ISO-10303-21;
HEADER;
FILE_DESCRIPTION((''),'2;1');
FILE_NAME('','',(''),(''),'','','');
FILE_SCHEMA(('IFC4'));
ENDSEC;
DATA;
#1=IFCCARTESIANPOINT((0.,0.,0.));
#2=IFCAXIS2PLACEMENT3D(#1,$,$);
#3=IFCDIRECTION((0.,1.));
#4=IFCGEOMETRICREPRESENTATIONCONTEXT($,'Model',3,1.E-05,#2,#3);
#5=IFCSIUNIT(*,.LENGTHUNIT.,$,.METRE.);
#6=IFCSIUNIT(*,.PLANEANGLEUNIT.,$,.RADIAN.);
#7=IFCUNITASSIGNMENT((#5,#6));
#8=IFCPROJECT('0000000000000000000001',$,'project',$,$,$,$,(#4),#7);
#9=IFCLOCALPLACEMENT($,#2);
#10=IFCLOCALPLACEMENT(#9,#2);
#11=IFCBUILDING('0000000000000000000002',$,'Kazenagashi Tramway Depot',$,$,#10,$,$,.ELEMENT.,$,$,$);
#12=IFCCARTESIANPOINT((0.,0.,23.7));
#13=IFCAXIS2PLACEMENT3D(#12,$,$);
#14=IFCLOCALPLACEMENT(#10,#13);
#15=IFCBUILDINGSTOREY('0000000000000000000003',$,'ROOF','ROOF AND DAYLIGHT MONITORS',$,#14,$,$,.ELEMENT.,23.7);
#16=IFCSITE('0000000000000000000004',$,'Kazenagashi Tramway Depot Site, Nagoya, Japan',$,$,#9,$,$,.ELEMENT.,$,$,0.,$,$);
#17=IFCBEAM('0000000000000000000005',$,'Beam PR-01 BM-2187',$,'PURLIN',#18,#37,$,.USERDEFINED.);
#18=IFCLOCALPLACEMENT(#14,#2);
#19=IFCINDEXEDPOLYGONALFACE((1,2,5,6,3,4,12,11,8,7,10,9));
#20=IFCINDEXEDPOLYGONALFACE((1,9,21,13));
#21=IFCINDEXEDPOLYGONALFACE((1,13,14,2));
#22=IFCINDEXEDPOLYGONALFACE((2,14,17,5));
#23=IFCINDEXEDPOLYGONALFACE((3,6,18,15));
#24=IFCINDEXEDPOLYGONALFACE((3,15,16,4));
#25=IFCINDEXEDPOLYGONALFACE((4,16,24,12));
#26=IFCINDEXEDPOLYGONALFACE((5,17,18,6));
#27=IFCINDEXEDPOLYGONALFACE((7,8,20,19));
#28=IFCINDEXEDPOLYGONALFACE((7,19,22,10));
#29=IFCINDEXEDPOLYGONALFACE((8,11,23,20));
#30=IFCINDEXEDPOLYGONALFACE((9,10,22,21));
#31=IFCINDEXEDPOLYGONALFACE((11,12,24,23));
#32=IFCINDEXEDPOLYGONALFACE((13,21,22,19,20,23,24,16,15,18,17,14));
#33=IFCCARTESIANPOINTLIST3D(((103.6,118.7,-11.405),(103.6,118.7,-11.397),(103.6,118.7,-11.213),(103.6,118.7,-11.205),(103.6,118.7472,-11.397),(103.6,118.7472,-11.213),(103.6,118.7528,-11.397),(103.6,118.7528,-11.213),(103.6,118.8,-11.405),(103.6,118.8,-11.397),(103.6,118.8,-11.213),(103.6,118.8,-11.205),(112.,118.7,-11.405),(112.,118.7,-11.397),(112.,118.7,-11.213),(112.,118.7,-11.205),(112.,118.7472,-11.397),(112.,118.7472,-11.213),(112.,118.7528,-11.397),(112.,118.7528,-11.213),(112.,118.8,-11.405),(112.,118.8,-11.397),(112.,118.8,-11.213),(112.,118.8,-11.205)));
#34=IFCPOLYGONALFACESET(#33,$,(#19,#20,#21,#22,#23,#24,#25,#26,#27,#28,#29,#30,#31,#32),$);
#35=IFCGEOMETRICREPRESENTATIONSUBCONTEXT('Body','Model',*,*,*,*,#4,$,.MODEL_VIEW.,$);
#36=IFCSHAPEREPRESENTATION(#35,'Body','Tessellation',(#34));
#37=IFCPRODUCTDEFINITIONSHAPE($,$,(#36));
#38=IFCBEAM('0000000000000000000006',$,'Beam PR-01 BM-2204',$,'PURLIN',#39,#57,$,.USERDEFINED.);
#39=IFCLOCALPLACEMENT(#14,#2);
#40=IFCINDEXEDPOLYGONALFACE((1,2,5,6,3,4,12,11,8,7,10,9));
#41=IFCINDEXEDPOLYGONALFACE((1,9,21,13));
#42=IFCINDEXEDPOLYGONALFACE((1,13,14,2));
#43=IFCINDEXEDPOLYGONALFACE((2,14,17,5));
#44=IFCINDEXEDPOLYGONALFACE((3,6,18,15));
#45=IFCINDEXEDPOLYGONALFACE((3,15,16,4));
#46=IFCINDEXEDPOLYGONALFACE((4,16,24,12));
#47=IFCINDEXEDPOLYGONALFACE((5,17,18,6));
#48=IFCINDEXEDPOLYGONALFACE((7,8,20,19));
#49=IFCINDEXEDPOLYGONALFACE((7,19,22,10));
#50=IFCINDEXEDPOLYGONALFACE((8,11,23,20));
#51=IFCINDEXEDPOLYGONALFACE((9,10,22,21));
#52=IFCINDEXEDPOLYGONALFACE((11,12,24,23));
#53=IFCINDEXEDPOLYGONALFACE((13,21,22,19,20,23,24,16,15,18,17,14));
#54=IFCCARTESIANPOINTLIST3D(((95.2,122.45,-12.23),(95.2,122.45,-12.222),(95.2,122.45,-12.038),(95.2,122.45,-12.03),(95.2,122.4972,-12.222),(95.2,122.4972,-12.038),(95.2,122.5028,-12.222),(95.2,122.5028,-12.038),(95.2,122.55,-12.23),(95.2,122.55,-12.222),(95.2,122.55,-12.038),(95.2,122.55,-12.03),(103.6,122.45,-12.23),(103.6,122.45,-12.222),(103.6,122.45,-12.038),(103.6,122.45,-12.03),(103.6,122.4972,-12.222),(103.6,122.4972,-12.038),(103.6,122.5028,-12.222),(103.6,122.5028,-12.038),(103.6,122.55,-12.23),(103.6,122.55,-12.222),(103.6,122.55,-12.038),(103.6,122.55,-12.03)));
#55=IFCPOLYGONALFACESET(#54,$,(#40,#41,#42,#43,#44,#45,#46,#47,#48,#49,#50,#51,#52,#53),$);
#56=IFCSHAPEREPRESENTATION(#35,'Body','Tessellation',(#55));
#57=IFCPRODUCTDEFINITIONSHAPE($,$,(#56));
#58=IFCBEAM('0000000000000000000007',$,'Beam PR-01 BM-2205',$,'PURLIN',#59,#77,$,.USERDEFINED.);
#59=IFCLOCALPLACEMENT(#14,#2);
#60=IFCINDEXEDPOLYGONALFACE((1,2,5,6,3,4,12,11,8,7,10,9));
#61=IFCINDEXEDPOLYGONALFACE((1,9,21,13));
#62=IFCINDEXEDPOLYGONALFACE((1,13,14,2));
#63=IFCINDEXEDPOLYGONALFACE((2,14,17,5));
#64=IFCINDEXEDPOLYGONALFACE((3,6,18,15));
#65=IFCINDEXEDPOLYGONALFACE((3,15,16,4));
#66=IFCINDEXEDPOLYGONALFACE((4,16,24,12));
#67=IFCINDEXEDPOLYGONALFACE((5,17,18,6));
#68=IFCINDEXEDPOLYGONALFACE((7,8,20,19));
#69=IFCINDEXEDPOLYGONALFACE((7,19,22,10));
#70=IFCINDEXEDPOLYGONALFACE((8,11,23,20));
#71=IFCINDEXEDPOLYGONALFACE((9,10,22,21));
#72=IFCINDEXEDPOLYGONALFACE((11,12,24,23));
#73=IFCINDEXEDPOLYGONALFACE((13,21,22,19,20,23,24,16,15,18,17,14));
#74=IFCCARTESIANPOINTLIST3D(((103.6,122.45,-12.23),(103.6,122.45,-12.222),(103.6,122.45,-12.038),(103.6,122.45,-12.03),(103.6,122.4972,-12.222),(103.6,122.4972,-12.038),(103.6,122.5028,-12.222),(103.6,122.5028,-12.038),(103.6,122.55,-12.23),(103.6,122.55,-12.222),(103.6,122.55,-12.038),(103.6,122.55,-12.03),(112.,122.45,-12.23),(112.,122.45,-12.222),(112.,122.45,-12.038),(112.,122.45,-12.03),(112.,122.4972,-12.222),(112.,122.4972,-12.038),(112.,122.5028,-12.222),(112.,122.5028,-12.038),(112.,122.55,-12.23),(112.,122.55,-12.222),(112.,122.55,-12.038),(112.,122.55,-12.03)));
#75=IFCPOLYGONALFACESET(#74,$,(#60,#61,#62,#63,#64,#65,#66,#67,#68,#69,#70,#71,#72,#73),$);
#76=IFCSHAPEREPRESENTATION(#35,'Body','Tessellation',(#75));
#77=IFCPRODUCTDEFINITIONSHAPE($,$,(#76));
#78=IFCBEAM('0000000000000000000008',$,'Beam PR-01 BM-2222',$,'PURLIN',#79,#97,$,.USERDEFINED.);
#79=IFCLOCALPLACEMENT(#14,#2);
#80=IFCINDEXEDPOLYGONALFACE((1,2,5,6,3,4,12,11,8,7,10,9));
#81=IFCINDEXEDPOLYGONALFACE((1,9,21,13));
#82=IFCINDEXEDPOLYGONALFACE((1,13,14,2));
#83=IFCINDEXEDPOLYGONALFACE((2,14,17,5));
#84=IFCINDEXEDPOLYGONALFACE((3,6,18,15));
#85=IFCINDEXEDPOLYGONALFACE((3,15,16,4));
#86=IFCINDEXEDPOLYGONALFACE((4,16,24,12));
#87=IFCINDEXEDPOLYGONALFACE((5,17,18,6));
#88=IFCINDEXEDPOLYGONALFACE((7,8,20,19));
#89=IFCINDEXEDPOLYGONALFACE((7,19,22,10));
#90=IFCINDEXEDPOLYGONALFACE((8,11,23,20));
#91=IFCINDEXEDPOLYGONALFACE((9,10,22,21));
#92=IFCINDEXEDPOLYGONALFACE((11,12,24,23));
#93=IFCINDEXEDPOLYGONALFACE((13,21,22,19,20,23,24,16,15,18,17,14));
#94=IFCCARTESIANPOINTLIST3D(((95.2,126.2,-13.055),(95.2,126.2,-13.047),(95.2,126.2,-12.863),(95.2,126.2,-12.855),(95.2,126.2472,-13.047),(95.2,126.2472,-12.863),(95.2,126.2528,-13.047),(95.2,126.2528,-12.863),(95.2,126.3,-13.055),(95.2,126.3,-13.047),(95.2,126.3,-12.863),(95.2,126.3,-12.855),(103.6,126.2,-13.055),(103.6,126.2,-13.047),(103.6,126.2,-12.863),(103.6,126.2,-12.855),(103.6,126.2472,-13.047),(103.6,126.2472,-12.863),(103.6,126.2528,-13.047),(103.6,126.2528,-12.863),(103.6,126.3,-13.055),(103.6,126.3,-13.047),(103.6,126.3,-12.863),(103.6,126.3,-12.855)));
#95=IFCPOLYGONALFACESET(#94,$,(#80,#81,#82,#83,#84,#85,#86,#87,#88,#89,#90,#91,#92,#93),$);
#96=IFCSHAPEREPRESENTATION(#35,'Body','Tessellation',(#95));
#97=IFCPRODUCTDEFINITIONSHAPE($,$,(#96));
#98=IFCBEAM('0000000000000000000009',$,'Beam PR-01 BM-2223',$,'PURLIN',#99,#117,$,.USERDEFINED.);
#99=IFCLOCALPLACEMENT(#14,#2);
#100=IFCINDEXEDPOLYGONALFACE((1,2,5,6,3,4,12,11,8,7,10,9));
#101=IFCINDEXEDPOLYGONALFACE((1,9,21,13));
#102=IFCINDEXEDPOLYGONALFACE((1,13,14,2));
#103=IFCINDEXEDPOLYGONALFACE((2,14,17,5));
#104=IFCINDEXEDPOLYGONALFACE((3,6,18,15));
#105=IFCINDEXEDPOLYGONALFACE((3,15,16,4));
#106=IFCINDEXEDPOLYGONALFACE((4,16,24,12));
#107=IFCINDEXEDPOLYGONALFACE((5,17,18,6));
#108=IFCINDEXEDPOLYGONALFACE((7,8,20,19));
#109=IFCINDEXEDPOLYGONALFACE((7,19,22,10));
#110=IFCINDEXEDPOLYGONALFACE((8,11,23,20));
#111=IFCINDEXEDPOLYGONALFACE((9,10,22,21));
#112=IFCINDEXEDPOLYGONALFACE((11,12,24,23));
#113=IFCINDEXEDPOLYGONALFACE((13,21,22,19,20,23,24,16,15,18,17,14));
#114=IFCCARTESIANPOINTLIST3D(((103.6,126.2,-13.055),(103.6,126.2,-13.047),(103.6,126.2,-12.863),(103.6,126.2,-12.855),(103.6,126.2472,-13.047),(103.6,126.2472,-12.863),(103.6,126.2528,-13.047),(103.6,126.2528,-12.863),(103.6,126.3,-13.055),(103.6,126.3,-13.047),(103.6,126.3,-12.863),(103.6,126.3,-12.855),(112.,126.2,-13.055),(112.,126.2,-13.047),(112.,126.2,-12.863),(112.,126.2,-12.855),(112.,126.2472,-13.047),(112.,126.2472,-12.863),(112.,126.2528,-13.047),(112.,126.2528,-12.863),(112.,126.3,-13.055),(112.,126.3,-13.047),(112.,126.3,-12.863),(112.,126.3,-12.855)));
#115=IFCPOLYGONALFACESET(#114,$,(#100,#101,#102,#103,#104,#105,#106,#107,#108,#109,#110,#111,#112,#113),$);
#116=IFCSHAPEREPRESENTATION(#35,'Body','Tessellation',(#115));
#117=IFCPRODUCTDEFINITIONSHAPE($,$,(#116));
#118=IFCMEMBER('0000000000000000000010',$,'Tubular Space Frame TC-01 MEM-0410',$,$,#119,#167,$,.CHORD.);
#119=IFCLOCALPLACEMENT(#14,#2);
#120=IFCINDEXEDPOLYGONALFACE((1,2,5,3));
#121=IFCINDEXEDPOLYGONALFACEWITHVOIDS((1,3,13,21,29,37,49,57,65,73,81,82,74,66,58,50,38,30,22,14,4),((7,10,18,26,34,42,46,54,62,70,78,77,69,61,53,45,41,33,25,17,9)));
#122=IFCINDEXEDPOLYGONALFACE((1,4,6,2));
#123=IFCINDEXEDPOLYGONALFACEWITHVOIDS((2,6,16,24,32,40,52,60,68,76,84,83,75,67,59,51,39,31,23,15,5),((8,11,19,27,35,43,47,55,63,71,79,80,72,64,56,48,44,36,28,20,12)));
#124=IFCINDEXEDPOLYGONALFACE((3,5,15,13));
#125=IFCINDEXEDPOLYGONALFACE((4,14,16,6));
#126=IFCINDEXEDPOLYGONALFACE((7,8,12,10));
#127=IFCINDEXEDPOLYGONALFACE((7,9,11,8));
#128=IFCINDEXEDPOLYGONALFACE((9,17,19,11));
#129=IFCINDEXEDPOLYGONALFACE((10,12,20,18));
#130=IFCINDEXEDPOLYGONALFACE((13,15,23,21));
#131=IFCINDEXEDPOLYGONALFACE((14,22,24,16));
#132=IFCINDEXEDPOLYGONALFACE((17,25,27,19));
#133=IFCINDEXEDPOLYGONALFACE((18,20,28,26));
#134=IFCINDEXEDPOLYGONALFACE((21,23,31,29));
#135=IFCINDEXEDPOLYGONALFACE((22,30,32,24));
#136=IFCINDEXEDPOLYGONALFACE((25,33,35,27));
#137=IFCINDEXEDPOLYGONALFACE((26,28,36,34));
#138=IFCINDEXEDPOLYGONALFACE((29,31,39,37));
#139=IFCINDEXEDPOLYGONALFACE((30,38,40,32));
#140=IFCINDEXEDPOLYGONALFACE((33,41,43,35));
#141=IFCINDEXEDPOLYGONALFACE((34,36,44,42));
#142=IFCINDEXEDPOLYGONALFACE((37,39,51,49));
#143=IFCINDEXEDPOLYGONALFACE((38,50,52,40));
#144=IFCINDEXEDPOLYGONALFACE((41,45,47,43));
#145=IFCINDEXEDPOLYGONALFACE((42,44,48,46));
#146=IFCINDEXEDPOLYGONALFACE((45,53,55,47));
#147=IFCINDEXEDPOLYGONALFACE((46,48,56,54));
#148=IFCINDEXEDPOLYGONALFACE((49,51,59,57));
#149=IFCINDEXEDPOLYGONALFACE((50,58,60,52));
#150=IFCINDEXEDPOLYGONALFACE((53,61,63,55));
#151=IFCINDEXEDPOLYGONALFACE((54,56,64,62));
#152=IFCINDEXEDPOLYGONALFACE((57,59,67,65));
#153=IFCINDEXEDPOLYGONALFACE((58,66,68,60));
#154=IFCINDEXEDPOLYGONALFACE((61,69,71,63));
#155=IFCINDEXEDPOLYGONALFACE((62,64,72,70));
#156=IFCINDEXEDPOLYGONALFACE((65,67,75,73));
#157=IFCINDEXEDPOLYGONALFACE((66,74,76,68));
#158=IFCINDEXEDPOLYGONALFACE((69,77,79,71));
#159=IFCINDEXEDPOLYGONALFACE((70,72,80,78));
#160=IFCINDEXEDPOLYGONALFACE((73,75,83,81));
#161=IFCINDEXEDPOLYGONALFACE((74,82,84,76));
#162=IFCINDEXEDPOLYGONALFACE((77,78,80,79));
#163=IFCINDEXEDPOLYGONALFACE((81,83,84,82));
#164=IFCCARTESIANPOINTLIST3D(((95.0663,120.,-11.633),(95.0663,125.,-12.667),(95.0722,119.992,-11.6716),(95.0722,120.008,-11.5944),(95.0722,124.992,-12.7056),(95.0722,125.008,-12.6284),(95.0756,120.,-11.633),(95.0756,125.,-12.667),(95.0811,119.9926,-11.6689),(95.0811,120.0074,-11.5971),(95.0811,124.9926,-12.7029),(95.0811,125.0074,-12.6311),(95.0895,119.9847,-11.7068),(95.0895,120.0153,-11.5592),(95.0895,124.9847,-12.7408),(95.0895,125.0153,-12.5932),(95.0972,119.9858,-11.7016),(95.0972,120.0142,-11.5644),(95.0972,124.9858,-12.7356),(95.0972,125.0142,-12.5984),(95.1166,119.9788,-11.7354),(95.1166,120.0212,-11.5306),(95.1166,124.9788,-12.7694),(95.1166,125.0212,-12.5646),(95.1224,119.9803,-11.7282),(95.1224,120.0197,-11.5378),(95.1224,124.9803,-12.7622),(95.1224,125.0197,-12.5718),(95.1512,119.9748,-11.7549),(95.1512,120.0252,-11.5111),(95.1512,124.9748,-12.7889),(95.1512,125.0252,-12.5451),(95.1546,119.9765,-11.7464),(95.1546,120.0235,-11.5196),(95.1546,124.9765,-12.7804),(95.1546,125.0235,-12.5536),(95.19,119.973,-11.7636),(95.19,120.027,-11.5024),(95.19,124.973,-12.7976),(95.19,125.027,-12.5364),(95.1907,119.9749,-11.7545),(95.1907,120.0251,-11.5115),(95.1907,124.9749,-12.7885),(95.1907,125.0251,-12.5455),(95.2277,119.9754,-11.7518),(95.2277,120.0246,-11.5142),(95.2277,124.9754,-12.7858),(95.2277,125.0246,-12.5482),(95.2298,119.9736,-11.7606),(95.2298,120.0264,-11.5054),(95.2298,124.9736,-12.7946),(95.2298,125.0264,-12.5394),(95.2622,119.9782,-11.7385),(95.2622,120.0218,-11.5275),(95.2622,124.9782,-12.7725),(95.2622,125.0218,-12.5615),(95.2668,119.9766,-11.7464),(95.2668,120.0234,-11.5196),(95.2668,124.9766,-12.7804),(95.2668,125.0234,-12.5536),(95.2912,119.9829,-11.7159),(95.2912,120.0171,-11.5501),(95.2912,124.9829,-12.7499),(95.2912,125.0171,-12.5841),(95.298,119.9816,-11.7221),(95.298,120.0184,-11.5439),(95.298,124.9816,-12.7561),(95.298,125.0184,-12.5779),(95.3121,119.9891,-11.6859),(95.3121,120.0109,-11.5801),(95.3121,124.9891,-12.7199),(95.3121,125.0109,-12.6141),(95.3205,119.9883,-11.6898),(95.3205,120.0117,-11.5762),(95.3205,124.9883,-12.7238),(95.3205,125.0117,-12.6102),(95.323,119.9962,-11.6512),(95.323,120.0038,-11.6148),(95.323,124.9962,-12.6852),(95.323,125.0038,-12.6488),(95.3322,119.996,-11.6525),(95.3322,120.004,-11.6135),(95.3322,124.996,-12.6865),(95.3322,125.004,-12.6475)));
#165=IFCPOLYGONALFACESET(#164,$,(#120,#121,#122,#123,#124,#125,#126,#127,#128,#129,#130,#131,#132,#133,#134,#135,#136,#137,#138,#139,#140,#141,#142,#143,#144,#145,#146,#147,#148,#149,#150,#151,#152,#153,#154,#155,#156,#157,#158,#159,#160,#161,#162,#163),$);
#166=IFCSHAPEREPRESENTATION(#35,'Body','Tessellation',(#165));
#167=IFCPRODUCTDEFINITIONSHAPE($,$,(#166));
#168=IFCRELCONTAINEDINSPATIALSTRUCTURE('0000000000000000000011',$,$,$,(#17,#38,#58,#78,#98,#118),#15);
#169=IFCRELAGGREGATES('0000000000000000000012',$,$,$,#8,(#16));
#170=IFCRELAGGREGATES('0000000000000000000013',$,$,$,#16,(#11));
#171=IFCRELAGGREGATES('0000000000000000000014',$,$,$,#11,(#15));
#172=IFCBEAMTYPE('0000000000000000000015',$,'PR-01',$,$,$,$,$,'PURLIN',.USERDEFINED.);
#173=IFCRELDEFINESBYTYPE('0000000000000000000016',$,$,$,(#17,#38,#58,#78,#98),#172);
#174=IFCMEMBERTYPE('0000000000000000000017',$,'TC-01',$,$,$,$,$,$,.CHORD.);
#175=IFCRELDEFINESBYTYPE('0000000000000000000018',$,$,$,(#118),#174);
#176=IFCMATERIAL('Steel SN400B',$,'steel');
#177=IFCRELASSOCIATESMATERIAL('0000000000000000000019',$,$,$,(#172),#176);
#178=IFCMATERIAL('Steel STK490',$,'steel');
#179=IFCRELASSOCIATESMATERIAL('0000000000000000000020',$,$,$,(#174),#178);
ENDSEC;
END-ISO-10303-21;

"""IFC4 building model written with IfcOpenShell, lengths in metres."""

from ifc_helpers import new_model, si_unit, direction, frame, origin, origin_2d, place, context, subcontext, project, spatial, hollow_circle, i_section, extrude, material, material_profile, profile_set, type_object, element, save


model = new_model("IFC4")

# Units and contexts
model_context = context("Model", 3, precision=1e-05, world=origin(), true_north=direction((0.0, 1.0)))
body_context = subcontext(model_context, "Body", "Model", "MODEL_VIEW")
ifc_project = project(units=[si_unit("LENGTHUNIT", "METRE"), si_unit("PLANEANGLEUNIT", "RADIAN")], contexts=[model_context])

# Site, building, storey
site_placement = place(None, origin())
site = spatial("IfcSite", under=ifc_project, at=site_placement, Name="Kazenagashi Tramway Depot Site, Nagoya, Japan", CompositionType="ELEMENT", RefElevation=0.0)
building_placement = place(site_placement, origin())
building = spatial("IfcBuilding", under=site, at=building_placement, Name="Kazenagashi Tramway Depot", CompositionType="ELEMENT")
storey_placement = place(building_placement, frame((0.0, 0.0, 23.7)))
storey = spatial("IfcBuildingStorey", under=building, at=storey_placement, Name="ROOF", Description="ROOF AND DAYLIGHT MONITORS", CompositionType="ELEMENT", Elevation=23.7)

# Beams
ifc_material_1 = material(Name="Steel SN400B", Category="steel")
ifc_material_profile_1 = material_profile(ifc_material_1, i_section(OverallWidth=0.1, OverallDepth=0.2, WebThickness=0.0055, FlangeThickness=0.008, at=origin_2d()), Name="H-200x100x5.5x8")
ifc_profile_set_1 = profile_set([ifc_material_profile_1], Name="Steel SN400B")
beam_type = type_object("IfcBeamType", Name="PR-01", ElementType="PURLIN", PredefinedType="USERDEFINED", material=ifc_profile_set_1)
for number, where, z_axis, x_axis, name in (
    (1, (103.6, 118.75, -11.305), (1.0, 0.0, 0.0), (0.0, 1.0, 0.0), "Beam PR-01 BM-2187"),
    (2, (95.2, 122.5, -12.13), (1.0, 0.0, 0.0), (0.0, 1.0, 0.0), "Beam PR-01 BM-2204"),
    (3, (103.6, 122.5, -12.13), (1.0, 0.0, 0.0), (0.0, 1.0, 0.0), "Beam PR-01 BM-2205"),
    (4, (95.2, 126.25, -12.955), (1.0, 0.0, 0.0), (0.0, 1.0, 0.0), "Beam PR-01 BM-2222"),
    (5, (103.6, 126.25, -12.955), (1.0, 0.0, 0.0), (0.0, 1.0, 0.0), "Beam PR-01 BM-2223"),
):
    element("IfcBeam", number, at=place(storey_placement, frame(where, z_axis=z_axis, x_axis=x_axis)), inside=storey, type_object=beam_type, Name=name, ObjectType="PURLIN", PredefinedType="USERDEFINED", context=body_context, shape_type="SweptSolid", body=[
        extrude(i_section(OverallWidth=0.1, OverallDepth=0.2, WebThickness=0.0055, FlangeThickness=0.008, at=origin_2d()), origin(), (0.0, 0.0, 1.0), 8.4),
    ])

# Member
ifc_material_2 = material(Name="Steel STK490", Category="steel")
ifc_material_profile_2 = material_profile(ifc_material_2, hollow_circle(Radius=0.1337, WallThickness=0.0093, at=origin_2d()), Name="CHS-267.4x9.3")
ifc_profile_set_2 = profile_set([ifc_material_profile_2], Name="Steel STK490")
member_type_1 = type_object("IfcMemberType", Name="TC-01", PredefinedType="CHORD", material=ifc_profile_set_2)
member_1_placement = place(storey_placement, frame((95.2, 120.0, -11.633), z_axis=(0.0, 0.979279, -0.202515), x_axis=(-1.0, 0.0, 0.0)))
element("IfcMember", 6, at=member_1_placement, inside=storey, type_object=member_type_1, Name="Tubular Space Frame TC-01 MEM-0410", PredefinedType="CHORD", context=body_context, shape_type="SweptSolid", body=[
    extrude(hollow_circle(Radius=0.1337, WallThickness=0.0093, at=origin_2d()), origin(), (0.0, 0.0, 1.0), 5.1058),
])

save(model, "model.ifc")
